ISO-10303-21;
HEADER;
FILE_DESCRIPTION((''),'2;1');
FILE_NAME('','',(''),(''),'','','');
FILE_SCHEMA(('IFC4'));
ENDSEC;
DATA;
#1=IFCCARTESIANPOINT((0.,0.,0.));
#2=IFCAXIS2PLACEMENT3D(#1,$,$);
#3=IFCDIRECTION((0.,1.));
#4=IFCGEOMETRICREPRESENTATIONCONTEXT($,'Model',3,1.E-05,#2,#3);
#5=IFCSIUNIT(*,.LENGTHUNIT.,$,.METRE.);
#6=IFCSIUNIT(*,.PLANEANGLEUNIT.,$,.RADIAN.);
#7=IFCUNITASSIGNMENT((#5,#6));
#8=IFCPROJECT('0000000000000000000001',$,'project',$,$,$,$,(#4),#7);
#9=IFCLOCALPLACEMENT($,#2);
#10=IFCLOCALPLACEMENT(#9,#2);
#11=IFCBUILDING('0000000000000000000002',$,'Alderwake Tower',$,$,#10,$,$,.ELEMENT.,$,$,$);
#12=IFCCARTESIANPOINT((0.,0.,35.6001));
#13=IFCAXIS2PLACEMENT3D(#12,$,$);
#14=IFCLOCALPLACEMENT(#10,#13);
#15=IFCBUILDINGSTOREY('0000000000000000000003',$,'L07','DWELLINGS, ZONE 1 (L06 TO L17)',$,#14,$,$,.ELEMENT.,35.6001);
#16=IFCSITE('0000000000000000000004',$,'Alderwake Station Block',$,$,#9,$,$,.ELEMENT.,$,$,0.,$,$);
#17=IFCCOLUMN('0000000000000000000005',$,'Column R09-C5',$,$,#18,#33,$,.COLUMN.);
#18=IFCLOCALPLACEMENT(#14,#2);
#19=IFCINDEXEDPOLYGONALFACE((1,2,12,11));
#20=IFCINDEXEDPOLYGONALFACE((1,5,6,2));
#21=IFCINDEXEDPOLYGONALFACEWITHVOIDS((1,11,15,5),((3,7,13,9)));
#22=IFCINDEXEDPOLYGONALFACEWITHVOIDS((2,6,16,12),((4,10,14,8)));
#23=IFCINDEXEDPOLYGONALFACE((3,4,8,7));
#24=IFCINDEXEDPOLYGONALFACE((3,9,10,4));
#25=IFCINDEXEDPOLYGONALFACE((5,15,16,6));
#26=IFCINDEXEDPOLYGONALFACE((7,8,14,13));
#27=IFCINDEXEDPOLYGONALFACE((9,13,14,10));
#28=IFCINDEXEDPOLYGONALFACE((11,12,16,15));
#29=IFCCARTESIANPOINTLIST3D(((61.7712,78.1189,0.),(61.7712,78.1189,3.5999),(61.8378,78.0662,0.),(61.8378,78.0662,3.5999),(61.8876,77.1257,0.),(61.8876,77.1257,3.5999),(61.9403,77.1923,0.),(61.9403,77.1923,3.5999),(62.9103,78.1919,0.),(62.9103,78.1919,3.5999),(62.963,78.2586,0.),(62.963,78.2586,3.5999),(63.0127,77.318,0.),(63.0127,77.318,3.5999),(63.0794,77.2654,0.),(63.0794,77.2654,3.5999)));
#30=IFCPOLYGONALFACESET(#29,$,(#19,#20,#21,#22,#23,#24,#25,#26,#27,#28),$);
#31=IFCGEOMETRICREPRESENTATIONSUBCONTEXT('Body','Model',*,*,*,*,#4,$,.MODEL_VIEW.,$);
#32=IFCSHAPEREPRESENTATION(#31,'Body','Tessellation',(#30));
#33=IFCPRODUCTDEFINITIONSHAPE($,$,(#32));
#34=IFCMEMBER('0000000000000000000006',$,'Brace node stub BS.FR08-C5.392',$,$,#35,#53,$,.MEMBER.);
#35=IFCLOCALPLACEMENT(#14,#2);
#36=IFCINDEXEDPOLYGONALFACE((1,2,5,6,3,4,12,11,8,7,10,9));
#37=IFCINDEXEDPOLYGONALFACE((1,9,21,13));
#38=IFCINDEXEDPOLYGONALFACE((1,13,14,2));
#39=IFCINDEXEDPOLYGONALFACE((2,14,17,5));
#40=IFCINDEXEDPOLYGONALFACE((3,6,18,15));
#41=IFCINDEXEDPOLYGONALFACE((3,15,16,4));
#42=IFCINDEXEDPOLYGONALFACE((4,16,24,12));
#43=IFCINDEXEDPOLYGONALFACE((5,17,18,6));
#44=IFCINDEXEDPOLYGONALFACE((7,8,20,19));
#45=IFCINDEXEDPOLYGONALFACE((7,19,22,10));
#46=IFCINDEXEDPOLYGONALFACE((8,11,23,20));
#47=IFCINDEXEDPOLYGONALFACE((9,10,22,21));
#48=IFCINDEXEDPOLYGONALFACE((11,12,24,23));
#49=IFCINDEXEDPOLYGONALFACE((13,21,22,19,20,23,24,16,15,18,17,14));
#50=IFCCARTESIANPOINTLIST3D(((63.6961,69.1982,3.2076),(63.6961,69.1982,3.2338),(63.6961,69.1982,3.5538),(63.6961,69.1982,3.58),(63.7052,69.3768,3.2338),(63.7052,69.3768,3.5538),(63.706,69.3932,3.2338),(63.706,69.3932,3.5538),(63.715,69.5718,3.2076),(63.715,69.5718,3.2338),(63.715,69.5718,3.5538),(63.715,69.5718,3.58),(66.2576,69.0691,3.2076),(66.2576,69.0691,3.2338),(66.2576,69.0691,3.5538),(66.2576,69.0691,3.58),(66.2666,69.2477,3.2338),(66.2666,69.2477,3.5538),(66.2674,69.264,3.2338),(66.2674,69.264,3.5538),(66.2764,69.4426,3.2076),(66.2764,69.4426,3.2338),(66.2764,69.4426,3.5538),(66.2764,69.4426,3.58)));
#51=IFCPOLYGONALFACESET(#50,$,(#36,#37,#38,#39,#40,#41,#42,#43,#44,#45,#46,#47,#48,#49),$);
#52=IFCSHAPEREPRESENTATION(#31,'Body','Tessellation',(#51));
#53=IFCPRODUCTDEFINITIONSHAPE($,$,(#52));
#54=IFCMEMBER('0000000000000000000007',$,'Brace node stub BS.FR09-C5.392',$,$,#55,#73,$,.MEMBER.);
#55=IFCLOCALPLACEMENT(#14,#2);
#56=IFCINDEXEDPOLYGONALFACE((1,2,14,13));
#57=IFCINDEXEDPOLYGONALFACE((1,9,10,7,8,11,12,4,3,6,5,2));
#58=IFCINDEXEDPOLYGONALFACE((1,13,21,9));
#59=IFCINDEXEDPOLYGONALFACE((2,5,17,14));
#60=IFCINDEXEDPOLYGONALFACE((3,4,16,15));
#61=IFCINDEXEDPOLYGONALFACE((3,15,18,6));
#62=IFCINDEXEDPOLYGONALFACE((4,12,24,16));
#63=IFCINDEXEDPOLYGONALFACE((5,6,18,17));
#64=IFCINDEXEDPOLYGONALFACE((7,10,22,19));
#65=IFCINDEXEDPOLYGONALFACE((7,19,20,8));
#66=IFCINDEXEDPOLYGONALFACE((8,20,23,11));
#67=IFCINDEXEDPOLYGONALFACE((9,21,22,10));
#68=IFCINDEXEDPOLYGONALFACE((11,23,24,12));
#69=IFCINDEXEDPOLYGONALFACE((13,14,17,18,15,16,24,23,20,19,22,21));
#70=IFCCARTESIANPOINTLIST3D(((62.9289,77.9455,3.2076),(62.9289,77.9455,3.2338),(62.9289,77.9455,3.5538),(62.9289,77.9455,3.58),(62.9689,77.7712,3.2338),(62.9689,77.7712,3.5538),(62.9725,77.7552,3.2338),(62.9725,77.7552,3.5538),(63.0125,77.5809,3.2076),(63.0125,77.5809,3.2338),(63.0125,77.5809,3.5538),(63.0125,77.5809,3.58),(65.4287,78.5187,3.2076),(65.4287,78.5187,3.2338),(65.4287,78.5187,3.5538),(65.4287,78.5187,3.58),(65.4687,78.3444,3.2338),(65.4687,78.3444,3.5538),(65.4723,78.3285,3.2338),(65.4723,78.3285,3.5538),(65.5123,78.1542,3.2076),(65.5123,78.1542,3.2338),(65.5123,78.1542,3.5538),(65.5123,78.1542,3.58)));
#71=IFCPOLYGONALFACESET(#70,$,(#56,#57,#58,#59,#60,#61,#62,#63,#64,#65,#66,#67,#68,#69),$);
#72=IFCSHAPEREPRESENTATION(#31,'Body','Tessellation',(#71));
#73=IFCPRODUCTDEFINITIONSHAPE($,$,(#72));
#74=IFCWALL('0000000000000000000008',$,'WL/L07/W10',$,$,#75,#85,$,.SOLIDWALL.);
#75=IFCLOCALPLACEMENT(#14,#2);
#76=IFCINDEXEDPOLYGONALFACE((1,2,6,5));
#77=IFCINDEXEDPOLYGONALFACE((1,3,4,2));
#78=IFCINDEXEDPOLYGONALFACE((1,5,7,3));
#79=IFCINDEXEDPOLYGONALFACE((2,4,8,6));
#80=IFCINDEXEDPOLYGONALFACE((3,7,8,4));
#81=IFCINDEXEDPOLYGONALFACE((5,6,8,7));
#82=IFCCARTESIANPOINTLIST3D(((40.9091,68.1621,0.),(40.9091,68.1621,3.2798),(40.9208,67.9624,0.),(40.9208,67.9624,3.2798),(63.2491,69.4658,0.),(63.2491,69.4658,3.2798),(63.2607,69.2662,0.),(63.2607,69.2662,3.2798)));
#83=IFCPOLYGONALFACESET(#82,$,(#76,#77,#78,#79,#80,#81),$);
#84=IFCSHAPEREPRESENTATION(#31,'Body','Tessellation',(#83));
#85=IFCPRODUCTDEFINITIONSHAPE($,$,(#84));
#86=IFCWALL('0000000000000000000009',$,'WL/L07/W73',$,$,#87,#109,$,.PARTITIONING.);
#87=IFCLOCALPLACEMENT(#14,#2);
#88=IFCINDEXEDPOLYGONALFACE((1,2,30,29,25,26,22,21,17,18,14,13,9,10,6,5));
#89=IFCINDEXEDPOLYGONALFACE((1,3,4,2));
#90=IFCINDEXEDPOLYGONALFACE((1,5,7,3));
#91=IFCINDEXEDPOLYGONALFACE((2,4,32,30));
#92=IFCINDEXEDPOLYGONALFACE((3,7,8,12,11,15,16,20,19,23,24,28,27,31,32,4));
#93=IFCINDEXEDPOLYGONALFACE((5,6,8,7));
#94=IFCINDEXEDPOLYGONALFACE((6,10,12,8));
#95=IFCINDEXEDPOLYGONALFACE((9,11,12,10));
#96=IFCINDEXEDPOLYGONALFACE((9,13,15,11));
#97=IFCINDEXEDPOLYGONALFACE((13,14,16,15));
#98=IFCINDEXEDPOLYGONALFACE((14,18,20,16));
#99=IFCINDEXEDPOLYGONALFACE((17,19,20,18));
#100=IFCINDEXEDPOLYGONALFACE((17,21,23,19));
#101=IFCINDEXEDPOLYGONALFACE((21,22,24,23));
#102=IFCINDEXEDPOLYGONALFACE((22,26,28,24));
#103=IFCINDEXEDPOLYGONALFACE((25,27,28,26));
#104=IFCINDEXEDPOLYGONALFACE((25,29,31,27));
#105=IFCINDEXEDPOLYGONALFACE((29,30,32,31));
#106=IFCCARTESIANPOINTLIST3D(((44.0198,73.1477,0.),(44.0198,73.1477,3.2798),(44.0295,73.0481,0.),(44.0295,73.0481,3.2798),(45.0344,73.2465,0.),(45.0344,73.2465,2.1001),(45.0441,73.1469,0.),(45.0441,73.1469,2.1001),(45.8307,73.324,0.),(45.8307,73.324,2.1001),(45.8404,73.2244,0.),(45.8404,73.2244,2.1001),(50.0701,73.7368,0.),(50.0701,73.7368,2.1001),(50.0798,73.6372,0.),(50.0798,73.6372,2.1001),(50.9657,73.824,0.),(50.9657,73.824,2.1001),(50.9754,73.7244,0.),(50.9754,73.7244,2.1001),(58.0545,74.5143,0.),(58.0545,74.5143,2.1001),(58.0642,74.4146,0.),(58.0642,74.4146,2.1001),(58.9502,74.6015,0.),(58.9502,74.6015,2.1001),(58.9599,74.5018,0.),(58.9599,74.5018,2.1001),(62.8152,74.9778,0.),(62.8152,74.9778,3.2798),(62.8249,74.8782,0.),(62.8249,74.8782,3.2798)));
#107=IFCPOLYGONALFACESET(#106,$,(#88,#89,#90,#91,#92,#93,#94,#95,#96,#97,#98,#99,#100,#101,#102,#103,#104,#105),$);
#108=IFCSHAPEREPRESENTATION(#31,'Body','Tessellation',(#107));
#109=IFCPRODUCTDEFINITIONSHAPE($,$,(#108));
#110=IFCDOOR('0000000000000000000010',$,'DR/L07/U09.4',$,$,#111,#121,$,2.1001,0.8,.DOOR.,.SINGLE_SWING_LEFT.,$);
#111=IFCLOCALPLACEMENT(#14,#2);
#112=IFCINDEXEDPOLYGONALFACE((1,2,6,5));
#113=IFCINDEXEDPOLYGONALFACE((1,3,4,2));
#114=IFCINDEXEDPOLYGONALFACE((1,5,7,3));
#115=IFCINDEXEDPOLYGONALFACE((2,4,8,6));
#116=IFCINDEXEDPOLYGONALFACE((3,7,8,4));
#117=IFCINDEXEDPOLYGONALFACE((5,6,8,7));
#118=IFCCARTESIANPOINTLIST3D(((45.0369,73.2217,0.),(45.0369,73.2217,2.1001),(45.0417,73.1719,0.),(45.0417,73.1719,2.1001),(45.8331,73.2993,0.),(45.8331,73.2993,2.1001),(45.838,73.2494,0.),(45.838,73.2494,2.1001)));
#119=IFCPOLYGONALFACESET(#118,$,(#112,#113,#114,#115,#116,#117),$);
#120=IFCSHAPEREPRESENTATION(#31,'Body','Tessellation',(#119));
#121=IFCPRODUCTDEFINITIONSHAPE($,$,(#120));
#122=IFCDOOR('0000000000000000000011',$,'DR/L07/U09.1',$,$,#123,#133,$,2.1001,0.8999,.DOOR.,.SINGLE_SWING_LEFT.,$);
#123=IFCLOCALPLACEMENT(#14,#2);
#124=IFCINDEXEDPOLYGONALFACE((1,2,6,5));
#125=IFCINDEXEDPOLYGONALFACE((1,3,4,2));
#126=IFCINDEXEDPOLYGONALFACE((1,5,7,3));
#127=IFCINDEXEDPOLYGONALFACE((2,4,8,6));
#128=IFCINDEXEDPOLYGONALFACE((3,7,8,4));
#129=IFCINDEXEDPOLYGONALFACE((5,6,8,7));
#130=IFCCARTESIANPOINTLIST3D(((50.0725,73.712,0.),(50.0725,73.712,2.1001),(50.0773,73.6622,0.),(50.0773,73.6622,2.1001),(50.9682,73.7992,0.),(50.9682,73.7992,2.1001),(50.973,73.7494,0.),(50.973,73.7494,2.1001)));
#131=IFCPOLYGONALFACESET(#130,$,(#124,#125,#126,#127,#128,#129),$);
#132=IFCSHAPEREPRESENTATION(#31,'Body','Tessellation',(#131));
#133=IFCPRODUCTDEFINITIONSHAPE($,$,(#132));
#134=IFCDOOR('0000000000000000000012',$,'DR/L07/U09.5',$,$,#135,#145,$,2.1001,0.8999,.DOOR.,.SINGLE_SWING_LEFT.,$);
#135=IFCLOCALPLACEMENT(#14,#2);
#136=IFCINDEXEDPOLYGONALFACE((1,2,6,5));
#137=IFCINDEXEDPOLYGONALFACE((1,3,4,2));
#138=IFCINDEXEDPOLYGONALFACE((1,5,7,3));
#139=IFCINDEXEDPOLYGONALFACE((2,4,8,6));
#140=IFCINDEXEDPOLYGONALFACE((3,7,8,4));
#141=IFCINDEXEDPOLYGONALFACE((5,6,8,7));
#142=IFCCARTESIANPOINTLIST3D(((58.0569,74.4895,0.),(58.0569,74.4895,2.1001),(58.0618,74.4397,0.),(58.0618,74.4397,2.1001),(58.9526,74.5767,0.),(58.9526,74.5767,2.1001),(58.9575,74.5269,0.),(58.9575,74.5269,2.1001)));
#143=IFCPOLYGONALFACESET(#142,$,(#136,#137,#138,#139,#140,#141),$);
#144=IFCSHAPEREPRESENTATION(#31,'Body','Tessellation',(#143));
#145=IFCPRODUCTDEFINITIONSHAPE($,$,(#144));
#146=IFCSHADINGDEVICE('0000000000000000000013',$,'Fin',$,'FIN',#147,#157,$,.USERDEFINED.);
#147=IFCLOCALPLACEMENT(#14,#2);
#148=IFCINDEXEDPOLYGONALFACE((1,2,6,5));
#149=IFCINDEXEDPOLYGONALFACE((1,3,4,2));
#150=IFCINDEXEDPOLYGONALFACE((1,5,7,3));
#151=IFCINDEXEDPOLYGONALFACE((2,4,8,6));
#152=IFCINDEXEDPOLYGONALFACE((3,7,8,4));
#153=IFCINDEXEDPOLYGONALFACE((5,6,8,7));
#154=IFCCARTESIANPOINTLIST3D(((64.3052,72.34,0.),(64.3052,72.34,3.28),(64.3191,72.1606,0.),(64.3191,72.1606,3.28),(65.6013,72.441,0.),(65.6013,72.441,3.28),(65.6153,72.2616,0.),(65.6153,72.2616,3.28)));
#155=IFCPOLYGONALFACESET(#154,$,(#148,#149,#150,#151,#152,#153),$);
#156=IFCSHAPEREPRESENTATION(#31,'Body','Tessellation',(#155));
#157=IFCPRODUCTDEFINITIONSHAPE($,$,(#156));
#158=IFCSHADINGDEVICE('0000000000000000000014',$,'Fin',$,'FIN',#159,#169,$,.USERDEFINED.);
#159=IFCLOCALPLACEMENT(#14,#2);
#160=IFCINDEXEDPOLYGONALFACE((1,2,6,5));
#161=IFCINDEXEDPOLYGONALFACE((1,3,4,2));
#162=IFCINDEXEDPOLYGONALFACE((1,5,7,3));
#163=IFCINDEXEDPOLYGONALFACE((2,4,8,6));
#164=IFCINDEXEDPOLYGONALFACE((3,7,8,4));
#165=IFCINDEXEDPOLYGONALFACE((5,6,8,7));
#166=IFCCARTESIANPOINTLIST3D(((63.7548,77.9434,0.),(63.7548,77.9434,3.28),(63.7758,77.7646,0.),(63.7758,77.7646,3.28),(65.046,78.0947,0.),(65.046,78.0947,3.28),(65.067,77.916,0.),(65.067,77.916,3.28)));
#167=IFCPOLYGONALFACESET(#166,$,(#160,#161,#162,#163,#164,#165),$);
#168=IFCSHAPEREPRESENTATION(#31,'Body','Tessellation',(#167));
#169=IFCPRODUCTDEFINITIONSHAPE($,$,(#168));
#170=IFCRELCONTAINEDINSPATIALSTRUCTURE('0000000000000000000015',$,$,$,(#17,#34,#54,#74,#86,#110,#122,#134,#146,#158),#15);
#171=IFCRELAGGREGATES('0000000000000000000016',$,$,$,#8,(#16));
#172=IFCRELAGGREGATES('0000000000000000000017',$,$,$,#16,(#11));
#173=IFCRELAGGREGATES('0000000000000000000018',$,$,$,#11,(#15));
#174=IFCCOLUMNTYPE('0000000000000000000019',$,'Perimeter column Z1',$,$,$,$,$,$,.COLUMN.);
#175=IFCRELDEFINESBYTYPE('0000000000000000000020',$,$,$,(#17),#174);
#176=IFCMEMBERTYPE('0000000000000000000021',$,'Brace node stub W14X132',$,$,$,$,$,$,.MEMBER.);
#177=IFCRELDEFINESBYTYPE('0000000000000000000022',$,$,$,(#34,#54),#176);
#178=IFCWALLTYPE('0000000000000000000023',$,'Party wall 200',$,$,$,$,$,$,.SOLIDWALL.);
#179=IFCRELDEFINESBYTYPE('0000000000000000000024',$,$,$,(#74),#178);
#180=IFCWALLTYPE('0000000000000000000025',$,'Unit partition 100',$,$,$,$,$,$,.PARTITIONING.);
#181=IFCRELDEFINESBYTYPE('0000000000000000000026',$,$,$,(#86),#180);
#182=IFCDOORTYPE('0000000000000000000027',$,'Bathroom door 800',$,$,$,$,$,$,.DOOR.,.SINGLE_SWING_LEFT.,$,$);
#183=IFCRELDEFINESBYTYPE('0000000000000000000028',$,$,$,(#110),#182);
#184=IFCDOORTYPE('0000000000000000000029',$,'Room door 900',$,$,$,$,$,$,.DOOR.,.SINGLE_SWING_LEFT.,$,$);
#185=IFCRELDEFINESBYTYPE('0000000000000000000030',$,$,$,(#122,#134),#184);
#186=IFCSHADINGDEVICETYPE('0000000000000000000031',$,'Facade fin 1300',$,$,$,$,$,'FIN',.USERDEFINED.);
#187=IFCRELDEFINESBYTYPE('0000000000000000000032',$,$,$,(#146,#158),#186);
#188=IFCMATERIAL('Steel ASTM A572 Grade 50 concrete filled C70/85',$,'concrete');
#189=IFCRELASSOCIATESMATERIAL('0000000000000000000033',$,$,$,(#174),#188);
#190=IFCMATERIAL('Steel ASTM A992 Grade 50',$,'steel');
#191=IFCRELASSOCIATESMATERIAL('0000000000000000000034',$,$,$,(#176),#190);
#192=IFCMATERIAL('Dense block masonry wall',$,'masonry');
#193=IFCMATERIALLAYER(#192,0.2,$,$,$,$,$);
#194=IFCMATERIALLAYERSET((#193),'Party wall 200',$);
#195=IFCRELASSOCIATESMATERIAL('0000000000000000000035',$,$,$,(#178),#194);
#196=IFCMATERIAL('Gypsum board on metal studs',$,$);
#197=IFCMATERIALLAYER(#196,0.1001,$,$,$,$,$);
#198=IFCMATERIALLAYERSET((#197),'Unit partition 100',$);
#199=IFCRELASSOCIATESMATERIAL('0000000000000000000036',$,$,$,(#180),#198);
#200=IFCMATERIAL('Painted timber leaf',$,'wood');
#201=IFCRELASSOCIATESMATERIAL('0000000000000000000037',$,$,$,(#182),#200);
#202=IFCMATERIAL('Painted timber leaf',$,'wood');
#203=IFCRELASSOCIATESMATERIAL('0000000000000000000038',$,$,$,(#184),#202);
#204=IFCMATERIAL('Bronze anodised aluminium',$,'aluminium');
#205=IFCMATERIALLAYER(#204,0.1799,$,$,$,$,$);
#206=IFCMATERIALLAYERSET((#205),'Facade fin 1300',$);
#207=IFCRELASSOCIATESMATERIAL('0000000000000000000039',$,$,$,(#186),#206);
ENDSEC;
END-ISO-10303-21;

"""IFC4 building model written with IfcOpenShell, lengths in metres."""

from ifc_helpers import new_model, si_unit, direction, frame, frame_2d, origin, origin_2d, place, context, subcontext, project, spatial, rectangle, hollow_rectangle, i_section, extrude, material, layer, layer_set, material_profile, profile_set, type_object, element, fill, save


model = new_model("IFC4")

# Units and contexts
model_context = context("Model", 3, precision=1e-05, world=origin(), true_north=direction((0.0, 1.0)))
body_context = subcontext(model_context, "Body", "Model", "MODEL_VIEW")
ifc_project = project(units=[si_unit("LENGTHUNIT", "METRE"), si_unit("PLANEANGLEUNIT", "RADIAN")], contexts=[model_context])

# Site, building, storey
site_placement = place(None, origin())
site = spatial("IfcSite", under=ifc_project, at=site_placement, Name="Alderwake Station Block", CompositionType="ELEMENT", RefElevation=0.0)
building_placement = place(site_placement, origin())
building = spatial("IfcBuilding", under=site, at=building_placement, Name="Alderwake Tower", CompositionType="ELEMENT")
storey_placement = place(building_placement, frame((0.0, 0.0, 35.6001)))
storey = spatial("IfcBuildingStorey", under=building, at=storey_placement, Name="L07", Description="DWELLINGS, ZONE 1 (L06 TO L17)", CompositionType="ELEMENT", Elevation=35.6001)

# Column
ifc_material_1 = material(Name="Steel ASTM A572 Grade 50 concrete filled C70/85", Category="concrete")
ifc_material_profile_1 = material_profile(ifc_material_1, hollow_rectangle(XDim=1.0, YDim=1.2, WallThickness=0.0601, at=origin_2d()), Name="BOX 1200X1000X60")
ifc_profile_set_1 = profile_set([ifc_material_profile_1], Name="Steel ASTM A572 Grade 50 concrete filled C70/85")
column_type = type_object("IfcColumnType", Name="Perimeter column Z1", PredefinedType="COLUMN", material=ifc_profile_set_1)
column_placement = place(storey_placement, frame((62.4253, 77.6921, 0.0), z_axis=(0.0, 0.0, 1.0), x_axis=(-0.116402, 0.993202, 0.0)))
element("IfcColumn", 1, at=column_placement, inside=storey, type_object=column_type, Name="Column R09-C5", PredefinedType="COLUMN", context=body_context, shape_type="SweptSolid", body=[
    extrude(hollow_rectangle(XDim=1.0, YDim=1.2, WallThickness=0.0601, at=origin_2d()), origin(), (0.0, 0.0, 1.0), 3.5999),
])

# Members
ifc_material_2 = material(Name="Steel ASTM A992 Grade 50", Category="steel")
ifc_material_profile_2 = material_profile(ifc_material_2, i_section(OverallWidth=0.374, OverallDepth=0.3723, WebThickness=0.0164, FlangeThickness=0.0261, at=origin_2d()), Name="W14X132")
ifc_profile_set_2 = profile_set([ifc_material_profile_2], Name="Steel ASTM A992 Grade 50")
member_type = type_object("IfcMemberType", Name="Brace node stub W14X132", PredefinedType="MEMBER", material=ifc_profile_set_2)
for number, where, z_axis, x_axis, name in (
    (2, (63.7056, 69.385, 3.3938), (0.998731, -0.050355, 0.0), (0.050355, 0.998731, 0.0), "Brace node stub BS.FR08-C5.392"),
    (3, (62.9707, 77.7632, 3.3938), (0.9747, 0.223517, 0.0), (-0.223517, 0.9747, 0.0), "Brace node stub BS.FR09-C5.392"),
):
    element("IfcMember", number, at=place(storey_placement, frame(where, z_axis=z_axis, x_axis=x_axis)), inside=storey, type_object=member_type, Name=name, PredefinedType="MEMBER", context=body_context, shape_type="SweptSolid", body=[
        extrude(i_section(OverallWidth=0.374, OverallDepth=0.3723, WebThickness=0.0164, FlangeThickness=0.0261, at=origin_2d()), origin(), (0.0, 0.0, 1.0), 2.5647),
    ])

# Wall
ifc_material_3 = material(Name="Dense block masonry wall", Category="masonry")
ifc_layer_1 = layer(ifc_material_3, 0.2)
ifc_layer_set_1 = layer_set([ifc_layer_1], Name="Party wall 200")
wall_type_1 = type_object("IfcWallType", Name="Party wall 200", PredefinedType="SOLIDWALL", material=ifc_layer_set_1)
wall_1_placement = place(storey_placement, frame((63.2549, 69.366, 0.0), z_axis=(0.0, 0.0, 1.0), x_axis=(-0.998302, -0.058259, 0.0)))
element("IfcWall", 4, at=wall_1_placement, inside=storey, type_object=wall_type_1, Name="WL/L07/W10", PredefinedType="SOLIDWALL", context=body_context, shape_type="SweptSolid", body=[
    extrude(rectangle(XDim=22.3779, YDim=0.2, at=frame_2d((11.189, 0.0))), origin(), (0.0, 0.0, 1.0), 3.2798),
])

# Wall, openings, doors
ifc_material_4 = material(Name="Gypsum board on metal studs")
ifc_layer_2 = layer(ifc_material_4, 0.1001)
ifc_layer_set_2 = layer_set([ifc_layer_2], Name="Unit partition 100")
wall_type_2 = type_object("IfcWallType", Name="Unit partition 100", PredefinedType="PARTITIONING", material=ifc_layer_set_2)
wall_2_placement = place(storey_placement, frame((62.8201, 74.928, 0.0), z_axis=(0.0, 0.0, 1.0), x_axis=(-0.995293, -0.09691, 0.0)))
wall_2 = element("IfcWall", 5, at=wall_2_placement, inside=storey, type_object=wall_type_2, Name="WL/L07/W73", PredefinedType="PARTITIONING", context=body_context, shape_type="SweptSolid", body=[
    extrude(rectangle(XDim=18.8843, YDim=0.1001, at=frame_2d((9.4421, 0.0))), origin(), (0.0, 0.0, 1.0), 3.2798),
])
opening_1_placement = place(wall_2_placement, frame((11.9055, 0.0, 0.0)))
opening_1 = element("IfcOpeningElement", 6, at=opening_1_placement, cuts=wall_2, PredefinedType="OPENING", context=body_context, shape_type="SweptSolid", body=[
    extrude(rectangle(XDim=0.8999, YDim=2.1001, at=frame_2d((0.45, 1.05))), frame((0.0, 0.0601, 0.0), z_axis=(0.0, -1.0, 0.0), x_axis=(1.0, 0.0, 0.0)), (0.0, 0.0, 1.0), 0.1201),
])
opening_2_placement = place(wall_2_placement, frame((17.0649, 0.0, 0.0)))
opening_2 = element("IfcOpeningElement", 7, at=opening_2_placement, cuts=wall_2, PredefinedType="OPENING", context=body_context, shape_type="SweptSolid", body=[
    extrude(rectangle(XDim=0.8, YDim=2.1001, at=frame_2d((0.3999, 1.05))), frame((0.0, 0.0601, 0.0), z_axis=(0.0, -1.0, 0.0), x_axis=(1.0, 0.0, 0.0)), (0.0, 0.0, 1.0), 0.1201),
])
opening_3_placement = place(wall_2_placement, frame((3.8833, 0.0, 0.0)))
opening_3 = element("IfcOpeningElement", 8, at=opening_3_placement, cuts=wall_2, PredefinedType="OPENING", context=body_context, shape_type="SweptSolid", body=[
    extrude(rectangle(XDim=0.8999, YDim=2.1001, at=frame_2d((0.45, 1.05))), frame((0.0, 0.0601, 0.0), z_axis=(0.0, -1.0, 0.0), x_axis=(1.0, 0.0, 0.0)), (0.0, 0.0, 1.0), 0.1201),
])
ifc_material_5 = material(Name="Painted timber leaf", Category="wood")
door_type_1 = type_object("IfcDoorType", Name="Bathroom door 800", OperationType="SINGLE_SWING_LEFT", PredefinedType="DOOR", material=ifc_material_5)
door_1_placement = place(opening_2_placement, origin())
door_1 = element("IfcDoor", 9, at=door_1_placement, inside=storey, type_object=door_type_1, Name="DR/L07/U09.4", OperationType="SINGLE_SWING_LEFT", OverallHeight=2.1001, OverallWidth=0.8, PredefinedType="DOOR", context=body_context, shape_type="SweptSolid", body=[
    extrude(rectangle(XDim=0.8, YDim=2.1001, at=frame_2d((0.3999, 1.05))), frame((0.0, 0.0249, 0.0), z_axis=(0.0, -1.0, 0.0), x_axis=(1.0, 0.0, 0.0)), (0.0, 0.0, 1.0), 0.05),
])
fill(opening_2, door_1)
ifc_material_6 = material(Name="Painted timber leaf", Category="wood")
door_type_2 = type_object("IfcDoorType", Name="Room door 900", OperationType="SINGLE_SWING_LEFT", PredefinedType="DOOR", material=ifc_material_6)
door_2_placement = place(opening_1_placement, origin())
door_2 = element("IfcDoor", 10, at=door_2_placement, inside=storey, type_object=door_type_2, Name="DR/L07/U09.1", OperationType="SINGLE_SWING_LEFT", OverallHeight=2.1001, OverallWidth=0.8999, PredefinedType="DOOR", context=body_context, shape_type="SweptSolid", body=[
    extrude(rectangle(XDim=0.8999, YDim=2.1001, at=frame_2d((0.45, 1.05))), frame((0.0, 0.0249, 0.0), z_axis=(0.0, -1.0, 0.0), x_axis=(1.0, 0.0, 0.0)), (0.0, 0.0, 1.0), 0.05),
])
fill(opening_1, door_2)
door_3_placement = place(opening_3_placement, origin())
door_3 = element("IfcDoor", 11, at=door_3_placement, inside=storey, type_object=door_type_2, Name="DR/L07/U09.5", OperationType="SINGLE_SWING_LEFT", OverallHeight=2.1001, OverallWidth=0.8999, PredefinedType="DOOR", context=body_context, shape_type="SweptSolid", body=[
    extrude(rectangle(XDim=0.8999, YDim=2.1001, at=frame_2d((0.45, 1.05))), frame((0.0, 0.0249, 0.0), z_axis=(0.0, -1.0, 0.0), x_axis=(1.0, 0.0, 0.0)), (0.0, 0.0, 1.0), 0.05),
])
fill(opening_3, door_3)

# Shading devices
ifc_material_7 = material(Name="Bronze anodised aluminium", Category="aluminium")
ifc_layer_3 = layer(ifc_material_7, 0.1799)
ifc_layer_set_3 = layer_set([ifc_layer_3], Name="Facade fin 1300")
shading_device_type_1 = type_object("IfcShadingDeviceType", Name="Facade fin 1300", ElementType="FIN", PredefinedType="USERDEFINED", material=ifc_layer_set_3)
for number, where, z_axis, x_axis, name in (
    (12, (64.9602, 72.3008, 0.0), (0.0, 0.0, 1.0), (0.996975, 0.077721, 0.0), "Fin"),
    (13, (64.4109, 77.9297, 0.0), (0.0, 0.0, 1.0), (0.993198, 0.116435, 0.0), "Fin"),
):
    element("IfcShadingDevice", number, at=place(storey_placement, frame(where, z_axis=z_axis, x_axis=x_axis)), inside=storey, type_object=shading_device_type_1, Name=name, ObjectType="FIN", PredefinedType="USERDEFINED", context=body_context, shape_type="SweptSolid", body=[
        extrude(rectangle(XDim=1.3, YDim=0.1799, at=origin_2d()), origin(), (0.0, 0.0, 1.0), 3.28),
    ])

save(model, "model.ifc")
